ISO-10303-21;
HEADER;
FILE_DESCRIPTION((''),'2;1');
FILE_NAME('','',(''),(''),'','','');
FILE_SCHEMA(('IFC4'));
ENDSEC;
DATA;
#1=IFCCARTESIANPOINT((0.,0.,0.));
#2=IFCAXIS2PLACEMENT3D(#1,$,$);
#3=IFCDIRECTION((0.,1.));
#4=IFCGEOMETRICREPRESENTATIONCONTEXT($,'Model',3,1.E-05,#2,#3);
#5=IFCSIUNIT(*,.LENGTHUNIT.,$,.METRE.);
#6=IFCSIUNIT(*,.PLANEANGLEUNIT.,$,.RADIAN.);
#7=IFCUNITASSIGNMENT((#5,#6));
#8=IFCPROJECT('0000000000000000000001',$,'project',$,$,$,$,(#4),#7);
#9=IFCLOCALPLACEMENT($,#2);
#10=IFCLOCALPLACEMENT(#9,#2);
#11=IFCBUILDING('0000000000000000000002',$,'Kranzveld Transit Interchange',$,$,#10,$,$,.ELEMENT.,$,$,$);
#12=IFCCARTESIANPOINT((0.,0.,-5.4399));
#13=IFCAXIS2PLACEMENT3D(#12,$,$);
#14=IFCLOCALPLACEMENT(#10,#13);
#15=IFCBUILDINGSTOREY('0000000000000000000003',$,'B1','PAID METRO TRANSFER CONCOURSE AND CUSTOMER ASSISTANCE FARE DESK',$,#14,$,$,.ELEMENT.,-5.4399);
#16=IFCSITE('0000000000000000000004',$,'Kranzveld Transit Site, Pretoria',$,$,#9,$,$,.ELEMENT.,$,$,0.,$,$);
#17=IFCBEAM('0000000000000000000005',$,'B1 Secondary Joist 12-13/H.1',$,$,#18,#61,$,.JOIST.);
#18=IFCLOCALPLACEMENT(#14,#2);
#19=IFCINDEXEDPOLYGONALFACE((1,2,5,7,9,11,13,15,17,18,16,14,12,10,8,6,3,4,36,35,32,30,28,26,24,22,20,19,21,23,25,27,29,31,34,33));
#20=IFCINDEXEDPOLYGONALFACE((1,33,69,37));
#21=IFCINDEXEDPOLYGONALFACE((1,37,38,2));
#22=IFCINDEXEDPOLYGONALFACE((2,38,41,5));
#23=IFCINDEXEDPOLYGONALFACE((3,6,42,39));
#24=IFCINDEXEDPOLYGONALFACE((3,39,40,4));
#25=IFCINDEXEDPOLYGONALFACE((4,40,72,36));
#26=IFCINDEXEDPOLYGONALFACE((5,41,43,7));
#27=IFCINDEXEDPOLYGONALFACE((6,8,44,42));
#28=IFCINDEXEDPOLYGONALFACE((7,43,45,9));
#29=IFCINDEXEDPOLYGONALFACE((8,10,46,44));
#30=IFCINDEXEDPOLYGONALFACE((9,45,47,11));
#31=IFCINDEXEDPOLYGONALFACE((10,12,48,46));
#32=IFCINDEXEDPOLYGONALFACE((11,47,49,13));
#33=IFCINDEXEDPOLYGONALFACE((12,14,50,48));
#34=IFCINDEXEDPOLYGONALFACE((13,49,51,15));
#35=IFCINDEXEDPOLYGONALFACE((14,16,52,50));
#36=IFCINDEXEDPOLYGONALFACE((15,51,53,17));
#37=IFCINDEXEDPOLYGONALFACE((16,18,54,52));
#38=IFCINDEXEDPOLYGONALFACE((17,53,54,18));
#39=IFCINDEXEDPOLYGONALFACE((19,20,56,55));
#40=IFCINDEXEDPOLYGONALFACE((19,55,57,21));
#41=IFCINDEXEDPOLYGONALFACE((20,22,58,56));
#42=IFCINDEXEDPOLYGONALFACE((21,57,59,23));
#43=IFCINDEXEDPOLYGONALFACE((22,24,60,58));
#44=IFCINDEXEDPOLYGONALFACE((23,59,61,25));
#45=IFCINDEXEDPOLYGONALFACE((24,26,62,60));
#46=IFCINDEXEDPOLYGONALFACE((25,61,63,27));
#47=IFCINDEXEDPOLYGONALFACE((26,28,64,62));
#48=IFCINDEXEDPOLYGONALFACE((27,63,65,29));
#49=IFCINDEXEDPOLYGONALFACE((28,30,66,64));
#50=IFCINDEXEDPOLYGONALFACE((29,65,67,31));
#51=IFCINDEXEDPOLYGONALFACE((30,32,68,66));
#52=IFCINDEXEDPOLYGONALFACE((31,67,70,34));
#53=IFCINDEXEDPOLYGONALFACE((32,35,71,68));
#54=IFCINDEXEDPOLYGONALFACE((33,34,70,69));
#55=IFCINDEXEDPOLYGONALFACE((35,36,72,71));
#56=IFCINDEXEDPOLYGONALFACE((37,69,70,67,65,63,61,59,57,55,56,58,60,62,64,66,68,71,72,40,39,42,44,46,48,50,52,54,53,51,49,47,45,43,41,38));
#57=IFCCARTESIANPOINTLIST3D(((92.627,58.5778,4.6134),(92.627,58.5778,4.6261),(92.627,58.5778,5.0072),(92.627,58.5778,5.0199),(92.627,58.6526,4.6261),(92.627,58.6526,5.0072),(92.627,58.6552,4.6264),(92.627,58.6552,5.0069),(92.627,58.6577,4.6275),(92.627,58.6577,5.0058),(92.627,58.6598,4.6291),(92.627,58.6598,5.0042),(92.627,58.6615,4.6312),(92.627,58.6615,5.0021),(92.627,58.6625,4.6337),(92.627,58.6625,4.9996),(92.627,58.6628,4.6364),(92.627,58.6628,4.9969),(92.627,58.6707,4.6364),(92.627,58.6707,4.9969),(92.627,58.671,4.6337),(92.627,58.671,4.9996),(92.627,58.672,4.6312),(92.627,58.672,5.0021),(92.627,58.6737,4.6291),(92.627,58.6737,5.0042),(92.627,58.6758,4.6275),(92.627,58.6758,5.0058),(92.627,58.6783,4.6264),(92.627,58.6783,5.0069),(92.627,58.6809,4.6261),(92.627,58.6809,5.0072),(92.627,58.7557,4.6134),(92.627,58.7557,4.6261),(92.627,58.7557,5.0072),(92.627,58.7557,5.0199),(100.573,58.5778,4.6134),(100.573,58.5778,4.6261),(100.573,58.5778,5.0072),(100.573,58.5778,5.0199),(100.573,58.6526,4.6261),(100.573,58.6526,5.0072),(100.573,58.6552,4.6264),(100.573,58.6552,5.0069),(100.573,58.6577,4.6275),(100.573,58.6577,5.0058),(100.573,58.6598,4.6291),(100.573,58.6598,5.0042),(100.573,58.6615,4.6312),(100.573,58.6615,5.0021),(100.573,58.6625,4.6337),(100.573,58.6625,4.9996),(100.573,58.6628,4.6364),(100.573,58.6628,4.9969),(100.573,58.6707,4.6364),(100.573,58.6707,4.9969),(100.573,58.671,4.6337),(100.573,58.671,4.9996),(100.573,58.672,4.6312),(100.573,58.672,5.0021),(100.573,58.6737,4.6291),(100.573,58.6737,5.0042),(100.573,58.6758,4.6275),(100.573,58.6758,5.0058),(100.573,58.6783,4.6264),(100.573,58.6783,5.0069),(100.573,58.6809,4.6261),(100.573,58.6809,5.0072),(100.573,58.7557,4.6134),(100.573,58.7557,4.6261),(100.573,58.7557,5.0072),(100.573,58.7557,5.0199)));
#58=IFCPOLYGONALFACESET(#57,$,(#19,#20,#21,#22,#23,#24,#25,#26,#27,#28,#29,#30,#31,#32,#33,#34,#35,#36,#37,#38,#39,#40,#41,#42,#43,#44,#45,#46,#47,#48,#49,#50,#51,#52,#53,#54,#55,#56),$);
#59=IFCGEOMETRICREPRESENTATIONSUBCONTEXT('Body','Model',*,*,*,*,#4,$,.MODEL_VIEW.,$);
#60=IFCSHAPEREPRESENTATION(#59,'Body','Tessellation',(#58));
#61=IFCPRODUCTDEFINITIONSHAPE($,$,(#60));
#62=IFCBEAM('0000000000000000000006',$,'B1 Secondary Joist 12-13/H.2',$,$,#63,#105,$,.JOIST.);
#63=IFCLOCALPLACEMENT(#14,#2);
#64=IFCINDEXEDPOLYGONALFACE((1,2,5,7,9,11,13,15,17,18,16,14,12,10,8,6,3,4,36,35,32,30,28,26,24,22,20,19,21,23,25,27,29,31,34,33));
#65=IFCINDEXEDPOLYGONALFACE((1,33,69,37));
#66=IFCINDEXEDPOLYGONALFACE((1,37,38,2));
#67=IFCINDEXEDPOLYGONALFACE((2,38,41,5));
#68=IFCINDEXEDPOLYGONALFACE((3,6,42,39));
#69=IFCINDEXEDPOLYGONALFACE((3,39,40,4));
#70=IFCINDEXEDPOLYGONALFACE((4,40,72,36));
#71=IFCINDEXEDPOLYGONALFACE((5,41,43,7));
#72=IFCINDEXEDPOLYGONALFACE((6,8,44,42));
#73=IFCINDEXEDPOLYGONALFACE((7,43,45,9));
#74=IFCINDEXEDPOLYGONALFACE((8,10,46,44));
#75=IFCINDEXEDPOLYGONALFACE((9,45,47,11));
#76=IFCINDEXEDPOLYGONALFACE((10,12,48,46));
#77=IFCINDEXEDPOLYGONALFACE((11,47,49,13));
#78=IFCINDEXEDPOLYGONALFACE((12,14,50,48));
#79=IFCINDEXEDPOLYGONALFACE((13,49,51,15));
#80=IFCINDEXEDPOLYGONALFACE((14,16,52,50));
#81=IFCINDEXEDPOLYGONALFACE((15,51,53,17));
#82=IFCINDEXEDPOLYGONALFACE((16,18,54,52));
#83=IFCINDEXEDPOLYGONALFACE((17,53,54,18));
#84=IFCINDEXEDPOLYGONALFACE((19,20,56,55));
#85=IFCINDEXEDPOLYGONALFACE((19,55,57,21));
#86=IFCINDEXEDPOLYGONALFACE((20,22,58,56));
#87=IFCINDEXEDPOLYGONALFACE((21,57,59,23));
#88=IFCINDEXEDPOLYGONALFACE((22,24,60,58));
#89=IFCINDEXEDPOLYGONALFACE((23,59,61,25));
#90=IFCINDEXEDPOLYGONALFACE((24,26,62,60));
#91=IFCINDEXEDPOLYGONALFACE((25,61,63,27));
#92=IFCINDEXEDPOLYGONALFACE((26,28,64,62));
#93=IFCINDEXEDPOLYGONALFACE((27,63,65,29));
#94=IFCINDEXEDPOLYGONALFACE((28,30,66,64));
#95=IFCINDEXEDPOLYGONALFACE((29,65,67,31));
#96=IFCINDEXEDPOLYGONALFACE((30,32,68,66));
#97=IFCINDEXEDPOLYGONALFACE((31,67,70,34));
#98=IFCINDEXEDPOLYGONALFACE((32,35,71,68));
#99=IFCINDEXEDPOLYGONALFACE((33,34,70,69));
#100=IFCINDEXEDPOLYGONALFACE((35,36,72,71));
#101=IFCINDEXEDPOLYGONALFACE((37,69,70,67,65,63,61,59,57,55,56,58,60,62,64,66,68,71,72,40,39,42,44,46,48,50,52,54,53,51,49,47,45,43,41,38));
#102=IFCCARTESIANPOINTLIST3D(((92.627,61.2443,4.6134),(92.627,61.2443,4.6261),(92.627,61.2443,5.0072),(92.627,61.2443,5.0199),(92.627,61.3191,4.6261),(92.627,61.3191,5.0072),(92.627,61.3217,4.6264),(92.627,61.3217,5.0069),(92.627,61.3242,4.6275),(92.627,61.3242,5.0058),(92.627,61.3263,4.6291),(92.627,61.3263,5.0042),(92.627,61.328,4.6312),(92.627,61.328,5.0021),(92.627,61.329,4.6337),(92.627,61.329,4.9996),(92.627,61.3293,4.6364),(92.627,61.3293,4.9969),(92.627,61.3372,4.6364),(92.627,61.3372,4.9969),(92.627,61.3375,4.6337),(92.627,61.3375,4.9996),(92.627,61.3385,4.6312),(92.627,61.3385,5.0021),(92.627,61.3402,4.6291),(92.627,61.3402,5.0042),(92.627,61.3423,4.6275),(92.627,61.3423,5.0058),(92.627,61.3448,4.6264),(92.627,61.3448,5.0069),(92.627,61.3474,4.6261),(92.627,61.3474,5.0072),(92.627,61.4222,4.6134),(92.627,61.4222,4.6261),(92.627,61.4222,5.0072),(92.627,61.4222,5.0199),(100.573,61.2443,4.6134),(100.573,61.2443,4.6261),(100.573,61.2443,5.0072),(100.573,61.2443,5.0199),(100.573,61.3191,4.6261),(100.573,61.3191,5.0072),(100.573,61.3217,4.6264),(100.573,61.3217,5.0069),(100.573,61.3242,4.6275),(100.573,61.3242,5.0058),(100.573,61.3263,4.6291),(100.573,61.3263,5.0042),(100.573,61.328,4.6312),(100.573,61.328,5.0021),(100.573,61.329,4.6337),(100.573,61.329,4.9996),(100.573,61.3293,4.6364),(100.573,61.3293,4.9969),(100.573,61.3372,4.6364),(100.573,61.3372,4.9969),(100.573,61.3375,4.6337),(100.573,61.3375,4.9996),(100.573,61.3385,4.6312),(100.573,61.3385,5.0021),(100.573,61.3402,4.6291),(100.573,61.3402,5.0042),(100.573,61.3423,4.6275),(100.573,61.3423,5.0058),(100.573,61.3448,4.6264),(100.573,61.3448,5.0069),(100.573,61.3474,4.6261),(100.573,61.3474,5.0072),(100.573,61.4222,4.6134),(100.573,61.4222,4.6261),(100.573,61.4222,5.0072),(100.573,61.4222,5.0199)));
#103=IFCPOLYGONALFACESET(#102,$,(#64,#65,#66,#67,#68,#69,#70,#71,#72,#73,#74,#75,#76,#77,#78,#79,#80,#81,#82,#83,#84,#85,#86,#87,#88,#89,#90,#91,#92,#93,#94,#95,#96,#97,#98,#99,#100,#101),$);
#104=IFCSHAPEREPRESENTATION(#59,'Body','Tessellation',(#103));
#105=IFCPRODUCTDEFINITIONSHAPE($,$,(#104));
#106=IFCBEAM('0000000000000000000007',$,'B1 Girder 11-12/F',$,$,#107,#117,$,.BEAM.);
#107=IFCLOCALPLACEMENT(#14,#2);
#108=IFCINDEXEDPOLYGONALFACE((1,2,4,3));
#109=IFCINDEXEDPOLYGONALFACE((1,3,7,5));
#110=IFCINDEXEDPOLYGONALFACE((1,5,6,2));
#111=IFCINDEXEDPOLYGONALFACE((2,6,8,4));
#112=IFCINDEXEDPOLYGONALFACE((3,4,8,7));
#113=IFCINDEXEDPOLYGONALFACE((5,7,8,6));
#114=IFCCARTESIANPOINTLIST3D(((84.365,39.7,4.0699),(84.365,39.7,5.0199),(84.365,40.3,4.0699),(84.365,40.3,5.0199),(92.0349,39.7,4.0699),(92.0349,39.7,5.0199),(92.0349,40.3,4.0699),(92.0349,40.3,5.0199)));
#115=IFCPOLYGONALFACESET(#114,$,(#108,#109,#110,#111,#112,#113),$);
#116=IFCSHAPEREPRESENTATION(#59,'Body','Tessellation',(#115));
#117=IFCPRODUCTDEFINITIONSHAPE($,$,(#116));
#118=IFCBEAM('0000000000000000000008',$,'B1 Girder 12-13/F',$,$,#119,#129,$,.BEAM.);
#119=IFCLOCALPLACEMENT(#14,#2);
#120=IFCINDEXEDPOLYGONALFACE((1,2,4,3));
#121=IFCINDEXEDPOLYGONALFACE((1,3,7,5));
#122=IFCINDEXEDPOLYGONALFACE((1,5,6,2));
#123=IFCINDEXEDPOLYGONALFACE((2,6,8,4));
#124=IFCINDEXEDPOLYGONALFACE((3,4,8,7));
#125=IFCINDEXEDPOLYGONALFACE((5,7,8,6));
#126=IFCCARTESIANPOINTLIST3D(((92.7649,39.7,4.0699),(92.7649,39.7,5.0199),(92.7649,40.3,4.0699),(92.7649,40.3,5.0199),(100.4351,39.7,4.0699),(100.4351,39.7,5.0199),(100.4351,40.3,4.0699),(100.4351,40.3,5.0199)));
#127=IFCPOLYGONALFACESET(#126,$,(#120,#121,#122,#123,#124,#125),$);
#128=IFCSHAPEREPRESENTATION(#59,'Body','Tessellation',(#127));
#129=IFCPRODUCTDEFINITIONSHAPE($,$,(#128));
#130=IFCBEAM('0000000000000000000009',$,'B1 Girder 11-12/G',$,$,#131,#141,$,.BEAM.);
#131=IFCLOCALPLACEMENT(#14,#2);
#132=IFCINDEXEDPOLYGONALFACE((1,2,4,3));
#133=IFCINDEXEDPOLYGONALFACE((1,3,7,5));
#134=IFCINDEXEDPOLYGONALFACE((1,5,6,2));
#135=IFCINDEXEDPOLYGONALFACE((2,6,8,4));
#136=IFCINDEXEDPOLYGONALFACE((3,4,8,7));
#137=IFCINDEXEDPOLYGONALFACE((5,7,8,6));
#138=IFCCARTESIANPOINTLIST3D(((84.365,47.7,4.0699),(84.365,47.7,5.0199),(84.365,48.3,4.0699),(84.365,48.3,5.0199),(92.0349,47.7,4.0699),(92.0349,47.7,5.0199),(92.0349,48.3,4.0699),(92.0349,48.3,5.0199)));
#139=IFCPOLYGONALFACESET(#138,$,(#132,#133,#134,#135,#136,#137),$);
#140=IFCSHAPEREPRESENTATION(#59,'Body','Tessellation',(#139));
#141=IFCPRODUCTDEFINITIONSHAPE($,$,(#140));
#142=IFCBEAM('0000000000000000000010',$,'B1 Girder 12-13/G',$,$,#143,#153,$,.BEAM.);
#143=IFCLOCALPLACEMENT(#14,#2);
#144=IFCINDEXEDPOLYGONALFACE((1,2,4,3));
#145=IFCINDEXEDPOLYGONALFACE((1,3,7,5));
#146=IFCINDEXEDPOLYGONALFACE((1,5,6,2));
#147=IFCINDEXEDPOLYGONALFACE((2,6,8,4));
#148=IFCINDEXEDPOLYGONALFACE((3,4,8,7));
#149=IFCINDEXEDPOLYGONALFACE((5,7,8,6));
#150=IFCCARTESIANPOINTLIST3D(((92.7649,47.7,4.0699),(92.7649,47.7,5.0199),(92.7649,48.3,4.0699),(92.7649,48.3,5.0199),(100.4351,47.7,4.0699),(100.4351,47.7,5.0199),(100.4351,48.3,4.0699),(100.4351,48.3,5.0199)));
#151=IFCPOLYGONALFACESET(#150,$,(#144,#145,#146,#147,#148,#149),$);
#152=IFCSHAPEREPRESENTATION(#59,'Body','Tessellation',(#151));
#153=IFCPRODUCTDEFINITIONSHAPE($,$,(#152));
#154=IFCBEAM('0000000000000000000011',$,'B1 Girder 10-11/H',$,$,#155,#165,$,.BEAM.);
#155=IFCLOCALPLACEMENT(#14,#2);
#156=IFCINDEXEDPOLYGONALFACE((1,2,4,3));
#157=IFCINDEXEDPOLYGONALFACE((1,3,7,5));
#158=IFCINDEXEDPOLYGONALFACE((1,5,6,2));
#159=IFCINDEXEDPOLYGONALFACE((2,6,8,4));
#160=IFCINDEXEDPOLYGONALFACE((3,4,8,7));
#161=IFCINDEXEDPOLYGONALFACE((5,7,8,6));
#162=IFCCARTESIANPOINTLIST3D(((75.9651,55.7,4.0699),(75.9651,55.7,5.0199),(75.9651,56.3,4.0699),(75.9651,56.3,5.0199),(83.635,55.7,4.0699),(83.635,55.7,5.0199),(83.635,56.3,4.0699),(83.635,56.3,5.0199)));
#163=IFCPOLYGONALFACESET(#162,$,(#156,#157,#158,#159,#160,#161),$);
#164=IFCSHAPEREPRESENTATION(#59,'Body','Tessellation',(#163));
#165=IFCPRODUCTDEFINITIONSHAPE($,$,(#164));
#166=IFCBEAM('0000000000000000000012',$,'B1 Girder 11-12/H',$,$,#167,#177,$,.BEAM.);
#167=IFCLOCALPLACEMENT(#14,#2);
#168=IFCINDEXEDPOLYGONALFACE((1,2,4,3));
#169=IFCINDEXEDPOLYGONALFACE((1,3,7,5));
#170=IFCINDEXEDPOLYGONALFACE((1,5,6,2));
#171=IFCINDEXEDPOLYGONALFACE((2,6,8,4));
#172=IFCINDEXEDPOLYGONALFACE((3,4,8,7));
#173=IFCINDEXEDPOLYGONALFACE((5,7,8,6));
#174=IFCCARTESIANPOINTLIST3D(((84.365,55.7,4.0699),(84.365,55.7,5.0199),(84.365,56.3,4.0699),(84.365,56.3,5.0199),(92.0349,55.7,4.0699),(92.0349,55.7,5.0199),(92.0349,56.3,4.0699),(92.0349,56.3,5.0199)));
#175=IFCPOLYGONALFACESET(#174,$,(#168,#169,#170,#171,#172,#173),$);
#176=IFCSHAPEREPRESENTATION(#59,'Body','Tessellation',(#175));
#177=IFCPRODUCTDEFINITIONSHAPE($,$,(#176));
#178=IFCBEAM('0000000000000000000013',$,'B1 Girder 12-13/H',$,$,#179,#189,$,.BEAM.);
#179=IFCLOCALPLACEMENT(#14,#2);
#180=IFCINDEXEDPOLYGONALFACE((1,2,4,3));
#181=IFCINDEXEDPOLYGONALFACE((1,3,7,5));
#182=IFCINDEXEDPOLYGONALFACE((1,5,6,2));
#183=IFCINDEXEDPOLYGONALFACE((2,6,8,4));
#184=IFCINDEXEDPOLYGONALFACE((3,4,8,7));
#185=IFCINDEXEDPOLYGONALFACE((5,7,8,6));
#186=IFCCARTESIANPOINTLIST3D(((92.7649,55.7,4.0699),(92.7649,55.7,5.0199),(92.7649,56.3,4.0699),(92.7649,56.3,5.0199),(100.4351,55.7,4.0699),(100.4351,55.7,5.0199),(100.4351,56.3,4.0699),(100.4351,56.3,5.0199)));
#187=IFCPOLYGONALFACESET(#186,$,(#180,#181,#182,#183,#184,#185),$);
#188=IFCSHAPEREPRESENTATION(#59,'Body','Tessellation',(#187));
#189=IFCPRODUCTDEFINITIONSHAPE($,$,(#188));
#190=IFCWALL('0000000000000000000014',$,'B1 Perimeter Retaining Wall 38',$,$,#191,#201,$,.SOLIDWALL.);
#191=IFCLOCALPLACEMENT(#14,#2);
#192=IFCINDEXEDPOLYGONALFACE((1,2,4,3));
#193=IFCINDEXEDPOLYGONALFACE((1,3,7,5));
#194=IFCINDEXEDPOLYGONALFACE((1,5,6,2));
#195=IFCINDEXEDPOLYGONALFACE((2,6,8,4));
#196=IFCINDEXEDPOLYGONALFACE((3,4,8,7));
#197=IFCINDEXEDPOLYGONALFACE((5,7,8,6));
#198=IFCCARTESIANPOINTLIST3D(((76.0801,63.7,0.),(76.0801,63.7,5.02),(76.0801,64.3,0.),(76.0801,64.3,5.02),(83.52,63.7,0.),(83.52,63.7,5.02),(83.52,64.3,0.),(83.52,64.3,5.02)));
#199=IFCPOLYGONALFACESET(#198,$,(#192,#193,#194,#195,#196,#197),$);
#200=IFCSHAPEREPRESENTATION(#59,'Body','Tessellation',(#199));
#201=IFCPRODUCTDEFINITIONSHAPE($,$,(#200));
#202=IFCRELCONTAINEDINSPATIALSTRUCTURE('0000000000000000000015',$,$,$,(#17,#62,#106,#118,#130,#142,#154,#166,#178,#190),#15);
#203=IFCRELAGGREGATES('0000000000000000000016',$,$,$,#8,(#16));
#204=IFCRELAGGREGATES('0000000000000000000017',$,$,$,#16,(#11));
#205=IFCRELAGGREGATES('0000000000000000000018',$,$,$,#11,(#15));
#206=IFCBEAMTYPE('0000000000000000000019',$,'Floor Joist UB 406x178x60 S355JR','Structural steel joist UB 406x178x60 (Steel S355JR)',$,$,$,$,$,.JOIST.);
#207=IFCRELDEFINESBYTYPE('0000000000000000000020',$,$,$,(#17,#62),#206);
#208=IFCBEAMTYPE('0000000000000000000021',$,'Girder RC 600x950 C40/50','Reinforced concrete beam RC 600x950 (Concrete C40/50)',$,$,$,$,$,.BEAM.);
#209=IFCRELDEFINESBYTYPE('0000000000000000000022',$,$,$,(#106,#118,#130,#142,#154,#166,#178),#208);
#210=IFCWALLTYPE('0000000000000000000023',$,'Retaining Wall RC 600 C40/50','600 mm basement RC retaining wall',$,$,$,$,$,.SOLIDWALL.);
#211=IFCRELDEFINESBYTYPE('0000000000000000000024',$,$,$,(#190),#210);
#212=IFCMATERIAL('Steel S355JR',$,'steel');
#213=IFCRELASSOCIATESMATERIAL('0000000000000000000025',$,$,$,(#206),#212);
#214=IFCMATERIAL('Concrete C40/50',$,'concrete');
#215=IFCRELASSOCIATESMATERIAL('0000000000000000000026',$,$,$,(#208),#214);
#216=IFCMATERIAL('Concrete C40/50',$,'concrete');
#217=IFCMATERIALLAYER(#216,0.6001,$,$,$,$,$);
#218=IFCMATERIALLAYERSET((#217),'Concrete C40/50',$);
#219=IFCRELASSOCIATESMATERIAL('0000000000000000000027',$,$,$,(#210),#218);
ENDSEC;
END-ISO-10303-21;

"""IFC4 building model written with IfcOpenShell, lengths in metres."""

from ifc_helpers import new_model, si_unit, direction, frame, frame_2d, origin, origin_2d, place, context, subcontext, project, spatial, rectangle, i_section, extrude, material, layer, layer_set, material_profile, profile_set, type_object, element, save


model = new_model("IFC4")

# Units and contexts
model_context = context("Model", 3, precision=1e-05, world=origin(), true_north=direction((0.0, 1.0)))
body_context = subcontext(model_context, "Body", "Model", "MODEL_VIEW")
ifc_project = project(units=[si_unit("LENGTHUNIT", "METRE"), si_unit("PLANEANGLEUNIT", "RADIAN")], contexts=[model_context])

# Site, building, storey
site_placement = place(None, origin())
site = spatial("IfcSite", under=ifc_project, at=site_placement, Name="Kranzveld Transit Site, Pretoria", CompositionType="ELEMENT", RefElevation=0.0)
building_placement = place(site_placement, origin())
building = spatial("IfcBuilding", under=site, at=building_placement, Name="Kranzveld Transit Interchange", CompositionType="ELEMENT")
storey_placement = place(building_placement, frame((0.0, 0.0, -5.4399)))
storey = spatial("IfcBuildingStorey", under=building, at=storey_placement, Name="B1", Description="PAID METRO TRANSFER CONCOURSE AND CUSTOMER ASSISTANCE FARE DESK", CompositionType="ELEMENT", Elevation=-5.4399)

# Beams
ifc_material_1 = material(Name="Steel S355JR", Category="steel")
ifc_material_profile_1 = material_profile(ifc_material_1, i_section(OverallWidth=0.178, OverallDepth=0.4065, WebThickness=0.0078, FlangeThickness=0.0127, FilletRadius=0.0103, at=origin_2d()), Name="UB 406x178x60")
ifc_profile_set_1 = profile_set([ifc_material_profile_1], Name="Steel S355JR")
beam_type_1 = type_object("IfcBeamType", Name="Floor Joist UB 406x178x60 S355JR", Description="Structural steel joist UB 406x178x60 (Steel S355JR)", PredefinedType="JOIST", material=ifc_profile_set_1)
for number, where, z_axis, x_axis, name in (
    (1, (92.627, 58.6667, 4.8167), (1.0, 0.0, 0.0), (0.0, 1.0, 0.0), "B1 Secondary Joist 12-13/H.1"),
    (2, (92.627, 61.3333, 4.8167), (1.0, 0.0, 0.0), (0.0, 1.0, 0.0), "B1 Secondary Joist 12-13/H.2"),
):
    element("IfcBeam", number, at=place(storey_placement, frame(where, z_axis=z_axis, x_axis=x_axis)), inside=storey, type_object=beam_type_1, Name=name, PredefinedType="JOIST", context=body_context, shape_type="SweptSolid", body=[
        extrude(i_section(OverallWidth=0.178, OverallDepth=0.4065, WebThickness=0.0078, FlangeThickness=0.0127, FilletRadius=0.0103, at=origin_2d()), origin(), (0.0, 0.0, 1.0), 7.946),
    ])
ifc_material_2 = material(Name="Concrete C40/50", Category="concrete")
ifc_material_profile_2 = material_profile(ifc_material_2, rectangle(XDim=0.6001, YDim=0.95, at=origin_2d()), Name="RC 600x950")
ifc_profile_set_2 = profile_set([ifc_material_profile_2], Name="Concrete C40/50")
beam_type_2 = type_object("IfcBeamType", Name="Girder RC 600x950 C40/50", Description="Reinforced concrete beam RC 600x950 (Concrete C40/50)", PredefinedType="BEAM", material=ifc_profile_set_2)
beam_1_placement = place(storey_placement, frame((84.365, 40.0, 4.5449), z_axis=(1.0, 0.0, 0.0), x_axis=(0.0, 1.0, 0.0)))
element("IfcBeam", 3, at=beam_1_placement, inside=storey, type_object=beam_type_2, Name="B1 Girder 11-12/F", PredefinedType="BEAM", context=body_context, shape_type="SweptSolid", body=[
    extrude(rectangle(XDim=0.6001, YDim=0.95, at=origin_2d()), origin(), (0.0, 0.0, 1.0), 7.6699),
])
beam_2_placement = place(storey_placement, frame((92.7649, 40.0, 4.5449), z_axis=(1.0, 0.0, 0.0), x_axis=(0.0, 1.0, 0.0)))
element("IfcBeam", 4, at=beam_2_placement, inside=storey, type_object=beam_type_2, Name="B1 Girder 12-13/F", PredefinedType="BEAM", context=body_context, shape_type="SweptSolid", body=[
    extrude(rectangle(XDim=0.6001, YDim=0.95, at=origin_2d()), origin(), (0.0, 0.0, 1.0), 7.6702),
])
beam_3_placement = place(storey_placement, frame((84.365, 48.0, 4.5449), z_axis=(1.0, 0.0, 0.0), x_axis=(0.0, 1.0, 0.0)))
element("IfcBeam", 5, at=beam_3_placement, inside=storey, type_object=beam_type_2, Name="B1 Girder 11-12/G", PredefinedType="BEAM", context=body_context, shape_type="SweptSolid", body=[
    extrude(rectangle(XDim=0.6001, YDim=0.95, at=origin_2d()), origin(), (0.0, 0.0, 1.0), 7.6699),
])
beam_4_placement = place(storey_placement, frame((92.7649, 48.0, 4.5449), z_axis=(1.0, 0.0, 0.0), x_axis=(0.0, 1.0, 0.0)))
element("IfcBeam", 6, at=beam_4_placement, inside=storey, type_object=beam_type_2, Name="B1 Girder 12-13/G", PredefinedType="BEAM", context=body_context, shape_type="SweptSolid", body=[
    extrude(rectangle(XDim=0.6001, YDim=0.95, at=origin_2d()), origin(), (0.0, 0.0, 1.0), 7.6702),
])
for number, where, z_axis, x_axis, name in (
    (7, (75.9651, 56.0, 4.5449), (1.0, 0.0, 0.0), (0.0, 1.0, 0.0), "B1 Girder 10-11/H"),
    (8, (84.365, 56.0, 4.5449), (1.0, 0.0, 0.0), (0.0, 1.0, 0.0), "B1 Girder 11-12/H"),
):
    element("IfcBeam", number, at=place(storey_placement, frame(where, z_axis=z_axis, x_axis=x_axis)), inside=storey, type_object=beam_type_2, Name=name, PredefinedType="BEAM", context=body_context, shape_type="SweptSolid", body=[
        extrude(rectangle(XDim=0.6001, YDim=0.95, at=origin_2d()), origin(), (0.0, 0.0, 1.0), 7.6699),
    ])
beam_5_placement = place(storey_placement, frame((92.7649, 56.0, 4.5449), z_axis=(1.0, 0.0, 0.0), x_axis=(0.0, 1.0, 0.0)))
element("IfcBeam", 9, at=beam_5_placement, inside=storey, type_object=beam_type_2, Name="B1 Girder 12-13/H", PredefinedType="BEAM", context=body_context, shape_type="SweptSolid", body=[
    extrude(rectangle(XDim=0.6001, YDim=0.95, at=origin_2d()), origin(), (0.0, 0.0, 1.0), 7.6702),
])

# Wall
ifc_material_3 = material(Name="Concrete C40/50", Category="concrete")
ifc_layer = layer(ifc_material_3, 0.6001)
ifc_layer_set = layer_set([ifc_layer], Name="Concrete C40/50")
wall_type = type_object("IfcWallType", Name="Retaining Wall RC 600 C40/50", Description="600 mm basement RC retaining wall", PredefinedType="SOLIDWALL", material=ifc_layer_set)
for number, where, z_axis, x_axis, name in (
    (10, (76.0801, 64.0, 0.0), (0.0, 0.0, 1.0), (1.0, 0.0, 0.0), "B1 Perimeter Retaining Wall 38"),
):
    element("IfcWall", number, at=place(storey_placement, frame(where, z_axis=z_axis, x_axis=x_axis)), inside=storey, type_object=wall_type, Name=name, PredefinedType="SOLIDWALL", context=body_context, shape_type="SweptSolid", body=[
        extrude(rectangle(XDim=7.4399, YDim=0.6001, at=frame_2d((3.72, 0.0))), origin(), (0.0, 0.0, 1.0), 5.02),
    ])

save(model, "model.ifc")
